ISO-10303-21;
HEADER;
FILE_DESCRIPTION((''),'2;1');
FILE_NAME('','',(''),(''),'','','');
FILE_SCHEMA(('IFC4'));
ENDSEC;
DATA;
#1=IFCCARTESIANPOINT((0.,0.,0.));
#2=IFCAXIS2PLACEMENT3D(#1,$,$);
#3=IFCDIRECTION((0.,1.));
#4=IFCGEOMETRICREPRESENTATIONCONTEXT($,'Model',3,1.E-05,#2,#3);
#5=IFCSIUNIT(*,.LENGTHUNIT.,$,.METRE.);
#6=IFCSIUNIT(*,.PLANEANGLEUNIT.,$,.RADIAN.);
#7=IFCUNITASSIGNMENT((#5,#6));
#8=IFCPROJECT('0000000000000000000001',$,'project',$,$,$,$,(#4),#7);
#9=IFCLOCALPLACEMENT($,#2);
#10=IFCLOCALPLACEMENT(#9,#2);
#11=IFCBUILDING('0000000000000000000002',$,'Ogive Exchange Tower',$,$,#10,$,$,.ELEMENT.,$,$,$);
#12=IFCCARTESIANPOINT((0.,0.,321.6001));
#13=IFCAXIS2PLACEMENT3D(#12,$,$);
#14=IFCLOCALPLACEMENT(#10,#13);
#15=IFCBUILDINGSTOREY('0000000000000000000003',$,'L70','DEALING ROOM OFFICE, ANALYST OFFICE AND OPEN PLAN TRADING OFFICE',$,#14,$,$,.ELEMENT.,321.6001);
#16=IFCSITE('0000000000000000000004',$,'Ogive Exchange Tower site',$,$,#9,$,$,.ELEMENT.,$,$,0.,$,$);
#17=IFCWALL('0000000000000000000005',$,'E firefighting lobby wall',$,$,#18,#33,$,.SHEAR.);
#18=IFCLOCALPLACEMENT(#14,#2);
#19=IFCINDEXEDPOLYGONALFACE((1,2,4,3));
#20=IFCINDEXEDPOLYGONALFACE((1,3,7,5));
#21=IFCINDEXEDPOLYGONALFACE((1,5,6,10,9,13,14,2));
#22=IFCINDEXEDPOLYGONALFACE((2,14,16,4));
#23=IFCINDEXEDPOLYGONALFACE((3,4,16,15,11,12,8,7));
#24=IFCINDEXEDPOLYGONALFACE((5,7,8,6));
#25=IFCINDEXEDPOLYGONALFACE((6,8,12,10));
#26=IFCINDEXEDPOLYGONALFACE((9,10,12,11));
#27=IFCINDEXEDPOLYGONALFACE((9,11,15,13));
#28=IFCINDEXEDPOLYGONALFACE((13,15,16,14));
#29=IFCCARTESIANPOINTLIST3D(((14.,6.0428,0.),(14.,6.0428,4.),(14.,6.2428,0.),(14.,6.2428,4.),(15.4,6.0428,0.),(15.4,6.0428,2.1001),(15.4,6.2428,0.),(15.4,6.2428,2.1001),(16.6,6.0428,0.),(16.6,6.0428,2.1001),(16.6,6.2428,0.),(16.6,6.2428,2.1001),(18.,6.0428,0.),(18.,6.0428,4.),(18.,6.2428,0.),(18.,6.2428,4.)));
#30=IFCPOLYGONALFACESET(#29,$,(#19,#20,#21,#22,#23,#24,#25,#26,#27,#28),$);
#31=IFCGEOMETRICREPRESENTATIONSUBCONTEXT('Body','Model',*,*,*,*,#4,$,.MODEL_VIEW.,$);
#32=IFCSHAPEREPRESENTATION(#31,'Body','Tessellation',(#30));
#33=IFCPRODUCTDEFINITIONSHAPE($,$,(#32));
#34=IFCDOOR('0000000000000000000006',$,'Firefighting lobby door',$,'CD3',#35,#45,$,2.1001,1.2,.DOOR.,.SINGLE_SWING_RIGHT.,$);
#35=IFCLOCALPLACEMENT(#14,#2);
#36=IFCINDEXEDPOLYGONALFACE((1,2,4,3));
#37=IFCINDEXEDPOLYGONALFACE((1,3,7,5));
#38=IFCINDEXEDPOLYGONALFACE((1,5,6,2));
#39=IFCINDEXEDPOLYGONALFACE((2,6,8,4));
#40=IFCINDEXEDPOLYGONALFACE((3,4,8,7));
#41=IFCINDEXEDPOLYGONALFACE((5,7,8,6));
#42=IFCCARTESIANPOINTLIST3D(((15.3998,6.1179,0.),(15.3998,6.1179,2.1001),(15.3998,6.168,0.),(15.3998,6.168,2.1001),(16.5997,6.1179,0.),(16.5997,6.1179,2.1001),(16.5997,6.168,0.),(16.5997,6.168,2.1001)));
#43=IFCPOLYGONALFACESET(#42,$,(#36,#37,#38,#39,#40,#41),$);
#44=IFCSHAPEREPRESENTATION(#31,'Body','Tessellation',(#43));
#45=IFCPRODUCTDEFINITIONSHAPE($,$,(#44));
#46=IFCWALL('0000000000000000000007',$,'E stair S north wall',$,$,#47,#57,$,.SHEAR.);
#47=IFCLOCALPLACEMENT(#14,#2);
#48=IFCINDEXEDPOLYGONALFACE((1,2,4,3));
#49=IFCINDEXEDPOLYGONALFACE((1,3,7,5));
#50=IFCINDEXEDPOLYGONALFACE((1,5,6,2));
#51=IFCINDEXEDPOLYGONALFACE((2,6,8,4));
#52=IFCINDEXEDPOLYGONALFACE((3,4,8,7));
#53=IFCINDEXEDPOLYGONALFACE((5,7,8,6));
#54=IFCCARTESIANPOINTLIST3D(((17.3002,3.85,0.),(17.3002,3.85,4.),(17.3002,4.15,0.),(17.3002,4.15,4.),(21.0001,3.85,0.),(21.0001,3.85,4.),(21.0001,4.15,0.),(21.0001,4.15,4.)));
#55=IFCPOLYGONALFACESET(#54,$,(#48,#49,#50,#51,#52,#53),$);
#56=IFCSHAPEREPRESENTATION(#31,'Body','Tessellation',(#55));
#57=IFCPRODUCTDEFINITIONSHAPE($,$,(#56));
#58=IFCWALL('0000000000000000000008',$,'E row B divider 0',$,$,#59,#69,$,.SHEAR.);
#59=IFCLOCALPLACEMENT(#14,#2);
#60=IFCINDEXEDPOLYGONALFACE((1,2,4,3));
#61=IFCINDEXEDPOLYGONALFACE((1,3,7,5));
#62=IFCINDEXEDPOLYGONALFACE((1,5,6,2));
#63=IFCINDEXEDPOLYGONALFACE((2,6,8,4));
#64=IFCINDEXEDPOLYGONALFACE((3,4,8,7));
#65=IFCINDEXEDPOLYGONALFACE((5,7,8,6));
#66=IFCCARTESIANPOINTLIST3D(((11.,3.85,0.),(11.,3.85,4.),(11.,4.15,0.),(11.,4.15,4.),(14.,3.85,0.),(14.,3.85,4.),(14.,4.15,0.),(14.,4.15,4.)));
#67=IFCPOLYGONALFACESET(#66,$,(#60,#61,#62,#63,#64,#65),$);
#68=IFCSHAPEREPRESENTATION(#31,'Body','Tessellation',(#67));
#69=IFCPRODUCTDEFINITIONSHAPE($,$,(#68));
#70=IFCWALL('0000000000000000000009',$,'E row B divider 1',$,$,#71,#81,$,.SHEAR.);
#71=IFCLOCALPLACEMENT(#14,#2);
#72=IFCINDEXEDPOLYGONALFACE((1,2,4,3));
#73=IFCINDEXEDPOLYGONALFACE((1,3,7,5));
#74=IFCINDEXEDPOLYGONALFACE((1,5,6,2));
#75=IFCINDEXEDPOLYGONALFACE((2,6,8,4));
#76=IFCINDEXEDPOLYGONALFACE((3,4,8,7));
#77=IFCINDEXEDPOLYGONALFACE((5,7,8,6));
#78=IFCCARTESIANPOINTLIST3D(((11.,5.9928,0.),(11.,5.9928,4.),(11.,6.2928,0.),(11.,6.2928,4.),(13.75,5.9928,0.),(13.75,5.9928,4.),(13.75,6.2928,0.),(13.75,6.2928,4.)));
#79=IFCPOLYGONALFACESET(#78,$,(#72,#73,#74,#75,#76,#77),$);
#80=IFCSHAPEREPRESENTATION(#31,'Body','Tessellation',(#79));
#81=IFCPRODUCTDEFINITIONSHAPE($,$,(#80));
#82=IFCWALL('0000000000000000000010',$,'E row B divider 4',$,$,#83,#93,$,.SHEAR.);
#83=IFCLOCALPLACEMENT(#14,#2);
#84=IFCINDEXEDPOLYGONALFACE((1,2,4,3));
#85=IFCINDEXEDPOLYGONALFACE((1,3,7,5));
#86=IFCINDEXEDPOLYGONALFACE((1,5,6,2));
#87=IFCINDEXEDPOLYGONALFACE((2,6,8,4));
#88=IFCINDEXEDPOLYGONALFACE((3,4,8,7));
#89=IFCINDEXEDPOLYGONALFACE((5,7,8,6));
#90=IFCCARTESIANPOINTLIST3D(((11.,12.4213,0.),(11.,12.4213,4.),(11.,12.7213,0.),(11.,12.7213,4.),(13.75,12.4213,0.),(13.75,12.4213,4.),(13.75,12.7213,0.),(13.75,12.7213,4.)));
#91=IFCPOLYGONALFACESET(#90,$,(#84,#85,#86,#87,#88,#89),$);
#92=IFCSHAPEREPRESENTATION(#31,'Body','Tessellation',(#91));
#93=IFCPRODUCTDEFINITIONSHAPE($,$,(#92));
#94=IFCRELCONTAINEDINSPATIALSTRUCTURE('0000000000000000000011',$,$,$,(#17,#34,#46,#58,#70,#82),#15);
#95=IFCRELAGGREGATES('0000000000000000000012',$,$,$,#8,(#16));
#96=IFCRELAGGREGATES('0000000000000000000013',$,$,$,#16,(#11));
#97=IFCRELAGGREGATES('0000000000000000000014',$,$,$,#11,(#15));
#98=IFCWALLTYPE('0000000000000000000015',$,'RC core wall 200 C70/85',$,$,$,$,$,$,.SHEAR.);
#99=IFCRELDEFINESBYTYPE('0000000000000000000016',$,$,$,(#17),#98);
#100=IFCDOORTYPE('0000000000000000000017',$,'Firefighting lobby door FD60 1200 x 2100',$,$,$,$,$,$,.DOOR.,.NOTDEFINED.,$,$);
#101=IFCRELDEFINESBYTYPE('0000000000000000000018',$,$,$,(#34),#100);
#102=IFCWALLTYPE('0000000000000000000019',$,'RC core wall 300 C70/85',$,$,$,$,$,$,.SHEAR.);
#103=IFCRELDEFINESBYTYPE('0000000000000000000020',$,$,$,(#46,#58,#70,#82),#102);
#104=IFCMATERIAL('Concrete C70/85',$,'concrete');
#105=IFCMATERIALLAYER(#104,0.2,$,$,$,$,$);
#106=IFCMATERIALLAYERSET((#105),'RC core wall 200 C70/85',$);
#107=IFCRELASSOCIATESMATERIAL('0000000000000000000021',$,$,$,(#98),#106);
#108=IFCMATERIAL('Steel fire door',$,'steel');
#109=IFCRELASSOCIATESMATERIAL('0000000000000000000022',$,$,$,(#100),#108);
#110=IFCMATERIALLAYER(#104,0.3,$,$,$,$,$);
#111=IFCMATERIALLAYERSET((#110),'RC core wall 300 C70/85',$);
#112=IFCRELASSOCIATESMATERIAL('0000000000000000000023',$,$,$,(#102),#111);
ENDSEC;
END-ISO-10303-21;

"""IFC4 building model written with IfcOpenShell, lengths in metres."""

from ifc_helpers import new_model, si_unit, direction, frame, frame_2d, origin, place, context, subcontext, project, spatial, rectangle, extrude, material, layer, layer_set, type_object, element, fill, save


model = new_model("IFC4")

# Units and contexts
model_context = context("Model", 3, precision=1e-05, world=origin(), true_north=direction((0.0, 1.0)))
body_context = subcontext(model_context, "Body", "Model", "MODEL_VIEW")
ifc_project = project(units=[si_unit("LENGTHUNIT", "METRE"), si_unit("PLANEANGLEUNIT", "RADIAN")], contexts=[model_context])

# Site, building, storey
site_placement = place(None, origin())
site = spatial("IfcSite", under=ifc_project, at=site_placement, Name="Ogive Exchange Tower site", CompositionType="ELEMENT", RefElevation=0.0)
building_placement = place(site_placement, origin())
building = spatial("IfcBuilding", under=site, at=building_placement, Name="Ogive Exchange Tower", CompositionType="ELEMENT")
storey_placement = place(building_placement, frame((0.0, 0.0, 321.6001)))
storey = spatial("IfcBuildingStorey", under=building, at=storey_placement, Name="L70", Description="DEALING ROOM OFFICE, ANALYST OFFICE AND OPEN PLAN TRADING OFFICE", CompositionType="ELEMENT", Elevation=321.6001)

# Shared definitions
ifc_material_1 = material(Name="Concrete C70/85", Category="concrete")

# Wall, opening, door
ifc_layer_1 = layer(ifc_material_1, 0.2)
ifc_layer_set_1 = layer_set([ifc_layer_1], Name="RC core wall 200 C70/85")
wall_type_1 = type_object("IfcWallType", Name="RC core wall 200 C70/85", PredefinedType="SHEAR", material=ifc_layer_set_1)
wall_1_placement = place(storey_placement, frame((14.0, 6.1428, 0.0), z_axis=(0.0, 0.0, 1.0), x_axis=(1.0, 0.0, 0.0)))
wall_1 = element("IfcWall", 1, at=wall_1_placement, inside=storey, type_object=wall_type_1, Name="E firefighting lobby wall", PredefinedType="SHEAR", context=body_context, shape_type="SweptSolid", body=[
    extrude(rectangle(XDim=4.0, YDim=0.2, at=frame_2d((2.0, 0.0))), origin(), (0.0, 0.0, 1.0), 4.0),
])
opening_placement = place(wall_1_placement, frame((1.3999, 0.0, 0.0)))
opening = element("IfcOpeningElement", 2, at=opening_placement, cuts=wall_1, PredefinedType="OPENING", context=body_context, shape_type="SweptSolid", body=[
    extrude(rectangle(XDim=1.2, YDim=2.1001, at=frame_2d((0.6001, 1.05))), frame((0.0, 0.1099, 0.0), z_axis=(0.0, -1.0, 0.0), x_axis=(1.0, 0.0, 0.0)), (0.0, 0.0, 1.0), 0.22),
])
ifc_material_2 = material(Name="Steel fire door", Category="steel")
door_type = type_object("IfcDoorType", Name="Firefighting lobby door FD60 1200 x 2100", OperationType="NOTDEFINED", PredefinedType="DOOR", material=ifc_material_2)
door_placement = place(opening_placement, frame((1.2, 0.0, 0.0), z_axis=(0.0, 0.0, 1.0), x_axis=(-1.0, 0.0, 0.0)))
door = element("IfcDoor", 3, at=door_placement, inside=storey, type_object=door_type, Name="Firefighting lobby door", ObjectType="CD3", OperationType="SINGLE_SWING_RIGHT", OverallHeight=2.1001, OverallWidth=1.2, PredefinedType="DOOR", context=body_context, shape_type="SweptSolid", body=[
    extrude(rectangle(XDim=1.2, YDim=2.1001, at=frame_2d((0.6001, 1.05))), frame((0.0, 0.0249, 0.0), z_axis=(0.0, -1.0, 0.0), x_axis=(1.0, 0.0, 0.0)), (0.0, 0.0, 1.0), 0.05),
])
fill(opening, door)

# Walls
ifc_layer_2 = layer(ifc_material_1, 0.3)
ifc_layer_set_2 = layer_set([ifc_layer_2], Name="RC core wall 300 C70/85")
wall_type_2 = type_object("IfcWallType", Name="RC core wall 300 C70/85", PredefinedType="SHEAR", material=ifc_layer_set_2)
wall_2_placement = place(storey_placement, frame((17.3, 4.0, 0.0), z_axis=(0.0, 0.0, 1.0), x_axis=(1.0, 0.0, 0.0)))
element("IfcWall", 4, at=wall_2_placement, inside=storey, type_object=wall_type_2, Name="E stair S north wall", PredefinedType="SHEAR", context=body_context, shape_type="SweptSolid", body=[
    extrude(rectangle(XDim=3.7, YDim=0.3, at=frame_2d((1.8501, 0.0))), origin(), (0.0, 0.0, 1.0), 4.0),
])
wall_3_placement = place(storey_placement, frame((11.0, 4.0, 0.0), z_axis=(0.0, 0.0, 1.0), x_axis=(1.0, 0.0, 0.0)))
element("IfcWall", 5, at=wall_3_placement, inside=storey, type_object=wall_type_2, Name="E row B divider 0", PredefinedType="SHEAR", context=body_context, shape_type="SweptSolid", body=[
    extrude(rectangle(XDim=3.0, YDim=0.3, at=frame_2d((1.5, 0.0))), origin(), (0.0, 0.0, 1.0), 4.0),
])
for number, where, z_axis, x_axis, name in (
    (6, (11.0, 6.1428, 0.0), (0.0, 0.0, 1.0), (1.0, 0.0, 0.0), "E row B divider 1"),
    (7, (11.0, 12.5713, 0.0), (0.0, 0.0, 1.0), (1.0, 0.0, 0.0), "E row B divider 4"),
):
    element("IfcWall", number, at=place(storey_placement, frame(where, z_axis=z_axis, x_axis=x_axis)), inside=storey, type_object=wall_type_2, Name=name, PredefinedType="SHEAR", context=body_context, shape_type="SweptSolid", body=[
        extrude(rectangle(XDim=2.75, YDim=0.3, at=frame_2d((1.375, 0.0))), origin(), (0.0, 0.0, 1.0), 4.0),
    ])

save(model, "model.ifc")
